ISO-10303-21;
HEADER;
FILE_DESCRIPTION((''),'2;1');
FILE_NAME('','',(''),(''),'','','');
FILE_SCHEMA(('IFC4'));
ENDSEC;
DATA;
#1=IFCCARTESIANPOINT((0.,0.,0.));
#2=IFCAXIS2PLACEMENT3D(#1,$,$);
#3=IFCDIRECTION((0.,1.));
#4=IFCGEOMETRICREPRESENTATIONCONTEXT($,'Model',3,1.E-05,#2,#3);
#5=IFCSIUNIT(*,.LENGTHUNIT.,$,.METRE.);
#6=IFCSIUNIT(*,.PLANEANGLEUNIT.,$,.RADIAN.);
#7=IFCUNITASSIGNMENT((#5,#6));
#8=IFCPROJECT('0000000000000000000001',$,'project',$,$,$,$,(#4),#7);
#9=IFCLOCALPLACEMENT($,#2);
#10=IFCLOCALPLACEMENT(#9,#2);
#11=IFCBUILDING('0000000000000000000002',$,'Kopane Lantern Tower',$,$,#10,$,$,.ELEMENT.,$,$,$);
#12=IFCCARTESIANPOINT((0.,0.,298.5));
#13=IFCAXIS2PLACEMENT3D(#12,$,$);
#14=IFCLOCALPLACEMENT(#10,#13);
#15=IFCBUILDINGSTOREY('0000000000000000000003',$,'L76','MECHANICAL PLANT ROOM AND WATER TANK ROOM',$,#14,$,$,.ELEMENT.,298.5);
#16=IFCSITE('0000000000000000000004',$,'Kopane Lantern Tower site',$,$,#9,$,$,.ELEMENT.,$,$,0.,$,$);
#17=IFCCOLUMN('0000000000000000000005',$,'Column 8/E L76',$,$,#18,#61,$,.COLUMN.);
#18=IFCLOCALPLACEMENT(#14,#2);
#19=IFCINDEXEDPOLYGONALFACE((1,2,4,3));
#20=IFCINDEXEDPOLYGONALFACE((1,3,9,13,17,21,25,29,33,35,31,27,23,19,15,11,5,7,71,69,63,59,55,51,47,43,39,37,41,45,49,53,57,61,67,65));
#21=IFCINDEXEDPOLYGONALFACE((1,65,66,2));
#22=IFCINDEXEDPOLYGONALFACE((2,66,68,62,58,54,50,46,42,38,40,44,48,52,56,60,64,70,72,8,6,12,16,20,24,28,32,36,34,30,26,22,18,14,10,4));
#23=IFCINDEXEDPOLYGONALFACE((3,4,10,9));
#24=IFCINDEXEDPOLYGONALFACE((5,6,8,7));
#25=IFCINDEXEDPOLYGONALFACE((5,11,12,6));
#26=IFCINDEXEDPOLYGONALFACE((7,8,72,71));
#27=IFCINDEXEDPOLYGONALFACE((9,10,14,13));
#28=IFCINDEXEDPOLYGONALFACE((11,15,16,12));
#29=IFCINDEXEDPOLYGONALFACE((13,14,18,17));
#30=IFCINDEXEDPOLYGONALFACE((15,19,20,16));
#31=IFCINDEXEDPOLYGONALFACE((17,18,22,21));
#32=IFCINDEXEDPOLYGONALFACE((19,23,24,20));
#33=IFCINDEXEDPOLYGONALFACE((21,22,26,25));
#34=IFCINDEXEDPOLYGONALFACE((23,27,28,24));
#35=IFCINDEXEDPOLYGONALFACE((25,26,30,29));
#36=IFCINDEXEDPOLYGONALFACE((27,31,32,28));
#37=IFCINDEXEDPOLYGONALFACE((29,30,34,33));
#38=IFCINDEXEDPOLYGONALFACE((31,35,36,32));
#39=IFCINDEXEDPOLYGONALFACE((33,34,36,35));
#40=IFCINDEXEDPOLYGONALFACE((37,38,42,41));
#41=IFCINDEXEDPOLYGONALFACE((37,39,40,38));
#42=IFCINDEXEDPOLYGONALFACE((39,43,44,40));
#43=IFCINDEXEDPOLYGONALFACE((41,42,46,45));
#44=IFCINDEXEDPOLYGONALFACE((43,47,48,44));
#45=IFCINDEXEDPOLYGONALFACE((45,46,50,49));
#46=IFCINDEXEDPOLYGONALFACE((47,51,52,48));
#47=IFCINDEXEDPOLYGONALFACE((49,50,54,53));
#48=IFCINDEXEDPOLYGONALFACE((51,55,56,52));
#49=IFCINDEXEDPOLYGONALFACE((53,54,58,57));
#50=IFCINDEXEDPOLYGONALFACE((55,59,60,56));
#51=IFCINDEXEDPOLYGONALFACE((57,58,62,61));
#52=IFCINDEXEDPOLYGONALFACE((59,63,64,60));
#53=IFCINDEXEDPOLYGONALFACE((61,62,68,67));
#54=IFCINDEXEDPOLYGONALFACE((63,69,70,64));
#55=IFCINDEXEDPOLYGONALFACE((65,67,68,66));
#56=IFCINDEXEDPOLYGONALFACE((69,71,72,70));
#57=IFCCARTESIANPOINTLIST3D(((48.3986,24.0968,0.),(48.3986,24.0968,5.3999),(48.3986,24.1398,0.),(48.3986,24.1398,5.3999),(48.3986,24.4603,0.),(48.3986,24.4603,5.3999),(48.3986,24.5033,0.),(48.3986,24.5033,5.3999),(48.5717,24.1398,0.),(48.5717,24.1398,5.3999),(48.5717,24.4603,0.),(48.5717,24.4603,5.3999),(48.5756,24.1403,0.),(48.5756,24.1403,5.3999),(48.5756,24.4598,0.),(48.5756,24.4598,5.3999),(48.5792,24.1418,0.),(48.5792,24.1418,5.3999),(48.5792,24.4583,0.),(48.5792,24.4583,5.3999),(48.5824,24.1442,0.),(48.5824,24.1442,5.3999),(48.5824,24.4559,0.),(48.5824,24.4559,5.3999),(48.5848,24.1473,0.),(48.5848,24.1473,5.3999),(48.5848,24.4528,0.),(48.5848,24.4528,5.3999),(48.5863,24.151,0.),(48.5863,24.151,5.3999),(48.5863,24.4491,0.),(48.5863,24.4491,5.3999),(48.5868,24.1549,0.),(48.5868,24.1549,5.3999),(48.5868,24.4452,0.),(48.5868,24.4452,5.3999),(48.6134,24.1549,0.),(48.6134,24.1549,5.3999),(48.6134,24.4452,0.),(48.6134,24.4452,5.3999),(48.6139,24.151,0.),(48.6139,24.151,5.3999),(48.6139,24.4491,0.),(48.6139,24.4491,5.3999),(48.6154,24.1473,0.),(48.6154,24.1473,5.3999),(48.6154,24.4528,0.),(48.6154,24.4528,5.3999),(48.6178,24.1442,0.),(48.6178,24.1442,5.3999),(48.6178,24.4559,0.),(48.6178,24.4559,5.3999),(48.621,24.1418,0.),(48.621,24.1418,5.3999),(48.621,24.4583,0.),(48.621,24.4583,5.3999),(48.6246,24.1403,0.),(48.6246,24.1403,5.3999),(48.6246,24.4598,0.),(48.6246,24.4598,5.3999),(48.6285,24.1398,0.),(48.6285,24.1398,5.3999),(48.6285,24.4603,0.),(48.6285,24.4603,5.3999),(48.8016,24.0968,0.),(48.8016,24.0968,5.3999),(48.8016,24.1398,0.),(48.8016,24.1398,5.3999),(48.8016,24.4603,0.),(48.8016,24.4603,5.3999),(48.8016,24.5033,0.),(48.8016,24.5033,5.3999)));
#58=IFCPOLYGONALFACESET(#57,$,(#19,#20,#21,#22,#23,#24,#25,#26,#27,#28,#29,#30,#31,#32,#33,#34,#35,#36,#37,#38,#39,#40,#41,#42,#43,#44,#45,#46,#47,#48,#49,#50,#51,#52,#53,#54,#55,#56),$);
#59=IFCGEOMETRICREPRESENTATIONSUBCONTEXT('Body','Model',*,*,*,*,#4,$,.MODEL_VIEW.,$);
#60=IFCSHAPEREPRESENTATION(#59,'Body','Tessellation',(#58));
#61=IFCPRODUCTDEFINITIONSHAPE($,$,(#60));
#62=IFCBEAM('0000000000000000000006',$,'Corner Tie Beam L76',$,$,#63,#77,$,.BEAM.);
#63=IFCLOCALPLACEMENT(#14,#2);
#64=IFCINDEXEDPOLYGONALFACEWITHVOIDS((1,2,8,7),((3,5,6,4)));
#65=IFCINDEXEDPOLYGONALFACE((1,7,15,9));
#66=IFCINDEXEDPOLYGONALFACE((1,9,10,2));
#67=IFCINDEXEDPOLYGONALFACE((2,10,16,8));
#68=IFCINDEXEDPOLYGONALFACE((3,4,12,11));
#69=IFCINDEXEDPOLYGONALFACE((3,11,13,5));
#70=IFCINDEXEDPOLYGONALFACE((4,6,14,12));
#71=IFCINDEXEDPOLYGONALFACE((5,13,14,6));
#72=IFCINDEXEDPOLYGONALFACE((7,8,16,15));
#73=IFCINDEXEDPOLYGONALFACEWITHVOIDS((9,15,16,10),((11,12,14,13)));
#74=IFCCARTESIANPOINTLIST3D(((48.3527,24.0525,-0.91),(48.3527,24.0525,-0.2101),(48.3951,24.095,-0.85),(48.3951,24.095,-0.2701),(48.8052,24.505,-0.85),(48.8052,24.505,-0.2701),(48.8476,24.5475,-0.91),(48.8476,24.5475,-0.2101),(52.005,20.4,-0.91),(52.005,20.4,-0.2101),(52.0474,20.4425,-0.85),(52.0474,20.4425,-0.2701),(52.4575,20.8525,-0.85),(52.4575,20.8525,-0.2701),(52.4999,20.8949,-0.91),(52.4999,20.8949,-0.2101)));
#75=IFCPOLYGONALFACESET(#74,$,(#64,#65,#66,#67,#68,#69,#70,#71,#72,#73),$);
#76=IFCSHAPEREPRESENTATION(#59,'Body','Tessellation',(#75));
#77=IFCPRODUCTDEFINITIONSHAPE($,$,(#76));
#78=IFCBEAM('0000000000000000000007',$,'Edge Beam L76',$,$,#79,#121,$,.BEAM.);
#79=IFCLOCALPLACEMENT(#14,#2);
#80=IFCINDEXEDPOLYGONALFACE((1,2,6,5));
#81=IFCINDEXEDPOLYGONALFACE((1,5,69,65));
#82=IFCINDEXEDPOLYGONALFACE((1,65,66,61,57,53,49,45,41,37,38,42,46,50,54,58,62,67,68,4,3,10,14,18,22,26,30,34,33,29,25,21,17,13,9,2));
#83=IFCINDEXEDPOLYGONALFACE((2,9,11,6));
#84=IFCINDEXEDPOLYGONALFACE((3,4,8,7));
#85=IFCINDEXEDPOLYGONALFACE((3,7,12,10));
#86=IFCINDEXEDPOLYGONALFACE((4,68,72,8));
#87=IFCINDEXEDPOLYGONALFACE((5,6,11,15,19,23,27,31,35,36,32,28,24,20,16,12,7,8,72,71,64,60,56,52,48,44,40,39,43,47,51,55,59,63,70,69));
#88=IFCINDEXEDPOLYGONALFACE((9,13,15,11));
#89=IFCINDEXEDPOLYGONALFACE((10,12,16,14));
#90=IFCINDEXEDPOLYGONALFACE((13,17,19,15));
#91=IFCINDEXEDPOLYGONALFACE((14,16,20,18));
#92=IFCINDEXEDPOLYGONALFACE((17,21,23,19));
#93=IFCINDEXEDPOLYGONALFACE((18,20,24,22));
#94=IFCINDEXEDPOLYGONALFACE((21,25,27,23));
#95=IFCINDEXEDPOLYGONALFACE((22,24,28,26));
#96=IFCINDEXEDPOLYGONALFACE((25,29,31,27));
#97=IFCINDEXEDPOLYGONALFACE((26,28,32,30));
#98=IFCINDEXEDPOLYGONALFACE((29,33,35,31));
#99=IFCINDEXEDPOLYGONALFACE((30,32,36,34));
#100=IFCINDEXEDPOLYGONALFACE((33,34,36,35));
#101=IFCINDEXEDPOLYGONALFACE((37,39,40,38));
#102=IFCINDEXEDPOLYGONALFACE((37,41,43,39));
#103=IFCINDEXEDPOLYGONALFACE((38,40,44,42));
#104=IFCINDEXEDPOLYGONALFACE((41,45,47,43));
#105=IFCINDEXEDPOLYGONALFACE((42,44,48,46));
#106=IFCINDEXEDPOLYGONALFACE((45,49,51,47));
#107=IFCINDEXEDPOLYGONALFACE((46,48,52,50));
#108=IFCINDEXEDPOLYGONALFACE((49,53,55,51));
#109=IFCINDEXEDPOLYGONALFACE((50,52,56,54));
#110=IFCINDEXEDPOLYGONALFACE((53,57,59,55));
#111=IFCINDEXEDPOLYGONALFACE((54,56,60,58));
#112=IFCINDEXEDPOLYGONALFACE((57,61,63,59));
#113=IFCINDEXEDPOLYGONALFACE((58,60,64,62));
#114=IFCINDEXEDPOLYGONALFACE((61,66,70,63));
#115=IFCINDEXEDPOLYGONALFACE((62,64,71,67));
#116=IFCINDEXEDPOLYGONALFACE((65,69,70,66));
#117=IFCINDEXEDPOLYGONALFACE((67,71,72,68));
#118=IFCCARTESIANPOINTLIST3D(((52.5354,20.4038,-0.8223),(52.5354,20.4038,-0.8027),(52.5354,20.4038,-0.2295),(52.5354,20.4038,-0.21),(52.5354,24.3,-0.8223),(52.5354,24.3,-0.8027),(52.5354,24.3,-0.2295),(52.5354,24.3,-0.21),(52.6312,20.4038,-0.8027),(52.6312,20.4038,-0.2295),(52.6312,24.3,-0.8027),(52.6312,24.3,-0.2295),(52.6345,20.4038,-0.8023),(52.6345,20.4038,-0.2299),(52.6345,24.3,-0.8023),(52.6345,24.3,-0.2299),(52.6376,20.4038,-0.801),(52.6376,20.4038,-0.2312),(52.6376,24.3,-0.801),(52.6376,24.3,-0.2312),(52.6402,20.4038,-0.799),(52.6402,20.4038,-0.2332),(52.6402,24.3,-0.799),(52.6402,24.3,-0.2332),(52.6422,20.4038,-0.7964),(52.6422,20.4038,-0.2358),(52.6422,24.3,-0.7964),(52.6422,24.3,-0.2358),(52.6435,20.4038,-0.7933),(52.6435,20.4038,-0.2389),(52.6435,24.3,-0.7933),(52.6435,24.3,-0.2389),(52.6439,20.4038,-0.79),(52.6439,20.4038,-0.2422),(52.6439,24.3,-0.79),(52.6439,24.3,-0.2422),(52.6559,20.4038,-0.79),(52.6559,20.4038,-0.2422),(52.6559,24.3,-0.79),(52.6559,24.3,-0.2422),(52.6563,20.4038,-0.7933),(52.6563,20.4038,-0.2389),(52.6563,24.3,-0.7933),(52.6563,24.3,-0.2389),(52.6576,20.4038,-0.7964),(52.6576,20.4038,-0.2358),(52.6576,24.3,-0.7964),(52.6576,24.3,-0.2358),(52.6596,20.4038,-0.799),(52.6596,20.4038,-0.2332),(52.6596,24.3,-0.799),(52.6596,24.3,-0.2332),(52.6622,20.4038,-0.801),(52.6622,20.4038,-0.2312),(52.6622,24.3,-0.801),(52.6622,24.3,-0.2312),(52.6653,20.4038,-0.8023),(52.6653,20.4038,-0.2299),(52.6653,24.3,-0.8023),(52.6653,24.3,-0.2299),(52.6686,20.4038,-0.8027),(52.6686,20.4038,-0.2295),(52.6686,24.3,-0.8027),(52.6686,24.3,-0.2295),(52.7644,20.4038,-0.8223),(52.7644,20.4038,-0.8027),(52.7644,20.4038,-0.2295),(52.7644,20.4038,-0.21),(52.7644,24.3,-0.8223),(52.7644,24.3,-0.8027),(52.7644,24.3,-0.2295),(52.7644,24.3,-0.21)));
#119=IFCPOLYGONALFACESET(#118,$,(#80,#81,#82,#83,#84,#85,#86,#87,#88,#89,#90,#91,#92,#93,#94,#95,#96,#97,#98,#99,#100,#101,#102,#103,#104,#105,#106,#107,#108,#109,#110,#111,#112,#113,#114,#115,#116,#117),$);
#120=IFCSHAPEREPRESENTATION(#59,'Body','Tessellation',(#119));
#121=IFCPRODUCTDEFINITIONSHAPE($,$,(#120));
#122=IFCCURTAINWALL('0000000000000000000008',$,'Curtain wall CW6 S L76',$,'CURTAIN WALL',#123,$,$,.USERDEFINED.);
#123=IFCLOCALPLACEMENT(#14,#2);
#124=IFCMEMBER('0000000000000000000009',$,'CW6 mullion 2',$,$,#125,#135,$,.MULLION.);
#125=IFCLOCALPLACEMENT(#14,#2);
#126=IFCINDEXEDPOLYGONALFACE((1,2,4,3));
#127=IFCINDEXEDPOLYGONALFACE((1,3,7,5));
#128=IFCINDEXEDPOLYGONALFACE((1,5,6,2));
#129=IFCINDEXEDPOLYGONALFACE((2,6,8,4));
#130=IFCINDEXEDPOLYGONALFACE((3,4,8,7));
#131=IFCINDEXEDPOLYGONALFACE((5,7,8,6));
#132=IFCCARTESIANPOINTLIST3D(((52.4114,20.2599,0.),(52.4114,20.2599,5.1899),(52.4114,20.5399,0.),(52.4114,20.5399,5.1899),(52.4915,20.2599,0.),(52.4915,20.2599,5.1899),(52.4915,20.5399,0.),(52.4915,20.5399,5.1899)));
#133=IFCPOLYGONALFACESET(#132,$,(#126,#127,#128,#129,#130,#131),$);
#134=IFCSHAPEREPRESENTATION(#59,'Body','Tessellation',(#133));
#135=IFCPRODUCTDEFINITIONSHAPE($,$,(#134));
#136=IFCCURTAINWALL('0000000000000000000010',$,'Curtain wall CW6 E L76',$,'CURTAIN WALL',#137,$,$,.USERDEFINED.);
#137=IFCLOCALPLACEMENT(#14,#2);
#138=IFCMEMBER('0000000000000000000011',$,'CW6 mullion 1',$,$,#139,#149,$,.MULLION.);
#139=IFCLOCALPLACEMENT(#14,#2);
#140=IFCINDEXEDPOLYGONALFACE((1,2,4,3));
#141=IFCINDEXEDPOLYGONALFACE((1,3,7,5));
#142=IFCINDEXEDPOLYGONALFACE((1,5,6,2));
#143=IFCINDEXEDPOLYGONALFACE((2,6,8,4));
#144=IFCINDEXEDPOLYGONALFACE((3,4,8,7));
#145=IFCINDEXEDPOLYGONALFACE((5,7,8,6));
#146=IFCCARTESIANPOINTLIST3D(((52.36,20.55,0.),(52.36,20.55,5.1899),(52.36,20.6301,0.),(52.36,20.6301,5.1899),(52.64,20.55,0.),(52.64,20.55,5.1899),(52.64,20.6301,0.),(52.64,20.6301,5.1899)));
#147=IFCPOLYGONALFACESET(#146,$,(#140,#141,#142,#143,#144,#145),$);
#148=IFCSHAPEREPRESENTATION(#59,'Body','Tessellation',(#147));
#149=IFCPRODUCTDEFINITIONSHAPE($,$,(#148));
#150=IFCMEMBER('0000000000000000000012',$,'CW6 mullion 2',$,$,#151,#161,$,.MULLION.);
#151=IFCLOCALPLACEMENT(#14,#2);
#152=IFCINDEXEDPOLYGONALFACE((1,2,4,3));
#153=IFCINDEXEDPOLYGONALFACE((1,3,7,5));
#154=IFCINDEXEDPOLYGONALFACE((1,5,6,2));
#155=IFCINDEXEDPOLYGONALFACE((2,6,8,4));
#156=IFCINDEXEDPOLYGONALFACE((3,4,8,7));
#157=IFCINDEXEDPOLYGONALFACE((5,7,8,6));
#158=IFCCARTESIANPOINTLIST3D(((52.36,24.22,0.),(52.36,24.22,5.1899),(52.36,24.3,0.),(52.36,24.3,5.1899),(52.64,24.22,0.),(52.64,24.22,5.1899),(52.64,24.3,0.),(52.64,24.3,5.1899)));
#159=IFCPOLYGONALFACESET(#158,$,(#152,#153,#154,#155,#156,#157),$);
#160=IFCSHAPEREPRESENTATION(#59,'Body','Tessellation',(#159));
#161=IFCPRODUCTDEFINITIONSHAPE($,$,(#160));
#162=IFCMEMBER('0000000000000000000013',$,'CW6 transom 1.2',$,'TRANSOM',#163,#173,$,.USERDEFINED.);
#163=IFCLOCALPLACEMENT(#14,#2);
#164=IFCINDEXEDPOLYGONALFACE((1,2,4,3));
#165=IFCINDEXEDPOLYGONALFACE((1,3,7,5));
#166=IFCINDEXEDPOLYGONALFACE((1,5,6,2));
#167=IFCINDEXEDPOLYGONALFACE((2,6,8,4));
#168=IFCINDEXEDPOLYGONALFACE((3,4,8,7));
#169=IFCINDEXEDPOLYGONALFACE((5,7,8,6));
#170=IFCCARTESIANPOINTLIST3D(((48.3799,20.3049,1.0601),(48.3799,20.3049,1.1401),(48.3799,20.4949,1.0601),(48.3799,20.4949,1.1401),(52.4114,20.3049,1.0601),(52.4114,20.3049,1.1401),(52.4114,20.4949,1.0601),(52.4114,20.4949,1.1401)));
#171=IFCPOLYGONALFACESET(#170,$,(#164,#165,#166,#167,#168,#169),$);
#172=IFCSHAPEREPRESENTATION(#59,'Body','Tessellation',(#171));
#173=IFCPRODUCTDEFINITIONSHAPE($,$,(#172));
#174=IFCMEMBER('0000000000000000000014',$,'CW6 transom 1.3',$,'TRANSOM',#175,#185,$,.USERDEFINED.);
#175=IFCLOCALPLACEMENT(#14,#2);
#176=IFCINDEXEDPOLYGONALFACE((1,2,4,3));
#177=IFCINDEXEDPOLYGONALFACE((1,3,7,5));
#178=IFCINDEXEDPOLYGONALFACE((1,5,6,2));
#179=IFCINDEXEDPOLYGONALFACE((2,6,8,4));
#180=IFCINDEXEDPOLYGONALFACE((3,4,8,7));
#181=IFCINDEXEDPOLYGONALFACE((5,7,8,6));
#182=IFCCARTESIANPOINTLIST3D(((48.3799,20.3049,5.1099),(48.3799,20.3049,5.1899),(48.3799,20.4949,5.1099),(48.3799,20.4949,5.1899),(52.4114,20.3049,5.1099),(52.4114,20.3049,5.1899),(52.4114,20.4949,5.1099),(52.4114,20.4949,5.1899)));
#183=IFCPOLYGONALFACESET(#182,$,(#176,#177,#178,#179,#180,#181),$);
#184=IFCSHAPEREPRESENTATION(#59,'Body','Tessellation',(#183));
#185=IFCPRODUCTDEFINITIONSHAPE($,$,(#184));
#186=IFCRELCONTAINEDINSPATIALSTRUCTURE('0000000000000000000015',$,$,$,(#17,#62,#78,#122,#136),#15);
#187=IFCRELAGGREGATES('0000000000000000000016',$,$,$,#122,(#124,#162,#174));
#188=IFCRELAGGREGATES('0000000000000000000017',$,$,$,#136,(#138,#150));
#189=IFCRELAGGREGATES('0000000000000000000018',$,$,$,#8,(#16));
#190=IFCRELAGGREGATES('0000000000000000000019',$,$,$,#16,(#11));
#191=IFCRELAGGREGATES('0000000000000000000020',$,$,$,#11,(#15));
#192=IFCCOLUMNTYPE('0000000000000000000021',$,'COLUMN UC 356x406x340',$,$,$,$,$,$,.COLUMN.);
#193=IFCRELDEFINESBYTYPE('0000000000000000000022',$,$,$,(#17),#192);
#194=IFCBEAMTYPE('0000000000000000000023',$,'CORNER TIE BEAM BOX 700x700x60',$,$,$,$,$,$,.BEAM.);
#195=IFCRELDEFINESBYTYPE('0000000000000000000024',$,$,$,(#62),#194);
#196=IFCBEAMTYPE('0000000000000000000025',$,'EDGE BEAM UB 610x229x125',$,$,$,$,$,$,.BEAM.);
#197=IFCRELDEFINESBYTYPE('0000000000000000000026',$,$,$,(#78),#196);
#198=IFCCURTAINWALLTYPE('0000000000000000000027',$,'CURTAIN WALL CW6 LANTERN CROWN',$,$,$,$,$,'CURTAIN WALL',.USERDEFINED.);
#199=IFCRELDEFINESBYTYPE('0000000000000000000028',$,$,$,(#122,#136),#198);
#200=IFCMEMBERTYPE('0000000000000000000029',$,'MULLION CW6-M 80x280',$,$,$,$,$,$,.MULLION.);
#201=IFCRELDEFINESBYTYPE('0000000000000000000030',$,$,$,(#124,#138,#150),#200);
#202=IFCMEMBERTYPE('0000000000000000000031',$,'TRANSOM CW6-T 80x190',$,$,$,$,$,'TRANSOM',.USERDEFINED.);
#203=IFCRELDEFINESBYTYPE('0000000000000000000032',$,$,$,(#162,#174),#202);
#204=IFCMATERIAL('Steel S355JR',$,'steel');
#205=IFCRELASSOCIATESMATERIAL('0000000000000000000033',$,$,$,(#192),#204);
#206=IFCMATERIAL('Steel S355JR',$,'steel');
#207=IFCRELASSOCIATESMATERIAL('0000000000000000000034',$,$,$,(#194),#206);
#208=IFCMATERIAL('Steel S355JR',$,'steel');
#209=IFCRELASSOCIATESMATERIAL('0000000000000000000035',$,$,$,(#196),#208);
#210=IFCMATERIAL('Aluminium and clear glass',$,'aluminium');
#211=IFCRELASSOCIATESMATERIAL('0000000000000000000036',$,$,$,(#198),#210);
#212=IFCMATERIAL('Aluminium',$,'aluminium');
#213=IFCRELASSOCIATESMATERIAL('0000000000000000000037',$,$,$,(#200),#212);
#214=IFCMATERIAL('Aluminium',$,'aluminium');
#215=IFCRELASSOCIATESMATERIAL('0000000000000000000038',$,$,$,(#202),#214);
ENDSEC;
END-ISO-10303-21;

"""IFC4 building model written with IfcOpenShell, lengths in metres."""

from ifc_helpers import new_model, si_unit, direction, frame, origin, origin_2d, place, context, subcontext, project, spatial, rectangle, hollow_rectangle, i_section, extrude, material, material_profile, profile_set, type_object, element, aggregate, save


model = new_model("IFC4")

# Units and contexts
model_context = context("Model", 3, precision=1e-05, world=origin(), true_north=direction((0.0, 1.0)))
body_context = subcontext(model_context, "Body", "Model", "MODEL_VIEW")
ifc_project = project(units=[si_unit("LENGTHUNIT", "METRE"), si_unit("PLANEANGLEUNIT", "RADIAN")], contexts=[model_context])

# Site, building, storey
site_placement = place(None, origin())
site = spatial("IfcSite", under=ifc_project, at=site_placement, Name="Kopane Lantern Tower site", CompositionType="ELEMENT", RefElevation=0.0)
building_placement = place(site_placement, origin())
building = spatial("IfcBuilding", under=site, at=building_placement, Name="Kopane Lantern Tower", CompositionType="ELEMENT")
storey_placement = place(building_placement, frame((0.0, 0.0, 298.5)))
storey = spatial("IfcBuildingStorey", under=building, at=storey_placement, Name="L76", Description="MECHANICAL PLANT ROOM AND WATER TANK ROOM", CompositionType="ELEMENT", Elevation=298.5)

# Column
ifc_material_1 = material(Name="Steel S355JR", Category="steel")
ifc_material_profile_1 = material_profile(ifc_material_1, i_section(OverallWidth=0.4031, OverallDepth=0.4065, WebThickness=0.0266, FlangeThickness=0.043, FilletRadius=0.0151, at=origin_2d()), Name="UC 356x406x340")
ifc_profile_set_1 = profile_set([ifc_material_profile_1], Name="Steel S355JR")
column_type = type_object("IfcColumnType", Name="COLUMN UC 356x406x340", PredefinedType="COLUMN", material=ifc_profile_set_1)
column_placement = place(storey_placement, frame((48.6001, 24.3, 0.0), z_axis=(0.0, 0.0, 1.0), x_axis=(1.0, 0.0, 0.0)))
element("IfcColumn", 1, at=column_placement, inside=storey, type_object=column_type, Name="Column 8/E L76", PredefinedType="COLUMN", context=body_context, shape_type="SweptSolid", body=[
    extrude(i_section(OverallWidth=0.4031, OverallDepth=0.4065, WebThickness=0.0266, FlangeThickness=0.043, FilletRadius=0.0151, at=origin_2d()), origin(), (0.0, 0.0, 1.0), 5.3999),
])

# Beams
ifc_material_2 = material(Name="Steel S355JR", Category="steel")
ifc_material_profile_2 = material_profile(ifc_material_2, hollow_rectangle(XDim=0.7, YDim=0.7, WallThickness=0.0601, at=origin_2d()), Name="BOX 700x700x60")
ifc_profile_set_2 = profile_set([ifc_material_profile_2], Name="Steel S355JR")
beam_type_1 = type_object("IfcBeamType", Name="CORNER TIE BEAM BOX 700x700x60", PredefinedType="BEAM", material=ifc_profile_set_2)
beam_1_placement = place(storey_placement, frame((52.2524, 20.6475, -0.5601), z_axis=(-0.707083, 0.70713, 0.0), x_axis=(-0.70713, -0.707083, 0.0)))
element("IfcBeam", 2, at=beam_1_placement, inside=storey, type_object=beam_type_1, Name="Corner Tie Beam L76", PredefinedType="BEAM", context=body_context, shape_type="SweptSolid", body=[
    extrude(hollow_rectangle(XDim=0.7, YDim=0.7, WallThickness=0.0601, at=origin_2d()), origin(), (0.0, 0.0, 1.0), 5.1653),
])
ifc_material_3 = material(Name="Steel S355JR", Category="steel")
ifc_material_profile_3 = material_profile(ifc_material_3, i_section(OverallWidth=0.229, OverallDepth=0.6123, WebThickness=0.012, FlangeThickness=0.0195, FilletRadius=0.0127, at=origin_2d()), Name="UB 610x229x125")
ifc_profile_set_3 = profile_set([ifc_material_profile_3], Name="Steel S355JR")
beam_type_2 = type_object("IfcBeamType", Name="EDGE BEAM UB 610x229x125", PredefinedType="BEAM", material=ifc_profile_set_3)
beam_2_placement = place(storey_placement, frame((52.6499, 20.4038, -0.5161), z_axis=(0.0, 1.0, 0.0), x_axis=(-1.0, 0.0, 0.0)))
element("IfcBeam", 3, at=beam_2_placement, inside=storey, type_object=beam_type_2, Name="Edge Beam L76", PredefinedType="BEAM", context=body_context, shape_type="SweptSolid", body=[
    extrude(i_section(OverallWidth=0.229, OverallDepth=0.6123, WebThickness=0.012, FlangeThickness=0.0195, FilletRadius=0.0127, at=origin_2d()), origin(), (0.0, 0.0, 1.0), 3.8962),
])

# Curtain wall, member
ifc_material_4 = material(Name="Aluminium and clear glass", Category="aluminium")
curtain_wall_type = type_object("IfcCurtainWallType", Name="CURTAIN WALL CW6 LANTERN CROWN", ElementType="CURTAIN WALL", PredefinedType="USERDEFINED", material=ifc_material_4)
curtain_wall_1_placement = place(storey_placement, origin())
curtain_wall_1 = element("IfcCurtainWall", 4, at=curtain_wall_1_placement, inside=storey, type_object=curtain_wall_type, Name="Curtain wall CW6 S L76", ObjectType="CURTAIN WALL", PredefinedType="USERDEFINED")
ifc_material_5 = material(Name="Aluminium", Category="aluminium")
ifc_material_profile_4 = material_profile(ifc_material_5, rectangle(XDim=0.0801, YDim=0.28, at=origin_2d()), Name="AL 80x280")
ifc_profile_set_4 = profile_set([ifc_material_profile_4], Name="Aluminium")
member_type_1 = type_object("IfcMemberType", Name="MULLION CW6-M 80x280", PredefinedType="MULLION", material=ifc_profile_set_4)
member_1_placement = place(storey_placement, frame((52.4514, 20.3999, 0.0), z_axis=(0.0, 0.0, 1.0), x_axis=(1.0, 0.0, 0.0)))
member_1 = element("IfcMember", 5, at=member_1_placement, type_object=member_type_1, Name="CW6 mullion 2", PredefinedType="MULLION", context=body_context, shape_type="SweptSolid", body=[
    extrude(rectangle(XDim=0.0801, YDim=0.28, at=origin_2d()), origin(), (0.0, 0.0, 1.0), 5.1899),
])

# Curtain wall, members
curtain_wall_2_placement = place(storey_placement, origin())
curtain_wall_2 = element("IfcCurtainWall", 6, at=curtain_wall_2_placement, inside=storey, type_object=curtain_wall_type, Name="Curtain wall CW6 E L76", ObjectType="CURTAIN WALL", PredefinedType="USERDEFINED")
member_2_placement = place(storey_placement, frame((52.5, 20.5901, 0.0), z_axis=(0.0, 0.0, 1.0), x_axis=(0.0, 1.0, 0.0)))
member_2 = element("IfcMember", 7, at=member_2_placement, type_object=member_type_1, Name="CW6 mullion 1", PredefinedType="MULLION", context=body_context, shape_type="SweptSolid", body=[
    extrude(rectangle(XDim=0.0801, YDim=0.28, at=origin_2d()), origin(), (0.0, 0.0, 1.0), 5.1899),
])
member_3_placement = place(storey_placement, frame((52.5, 24.26, 0.0), z_axis=(0.0, 0.0, 1.0), x_axis=(0.0, 1.0, 0.0)))
member_3 = element("IfcMember", 8, at=member_3_placement, type_object=member_type_1, Name="CW6 mullion 2", PredefinedType="MULLION", context=body_context, shape_type="SweptSolid", body=[
    extrude(rectangle(XDim=0.0801, YDim=0.28, at=origin_2d()), origin(), (0.0, 0.0, 1.0), 5.1899),
])

# Members
ifc_material_6 = material(Name="Aluminium", Category="aluminium")
ifc_material_profile_5 = material_profile(ifc_material_6, rectangle(XDim=0.1899, YDim=0.0801, at=origin_2d()), Name="AL 190x80")
ifc_profile_set_5 = profile_set([ifc_material_profile_5], Name="Aluminium")
member_type_2 = type_object("IfcMemberType", Name="TRANSOM CW6-T 80x190", ElementType="TRANSOM", PredefinedType="USERDEFINED", material=ifc_profile_set_5)
member_4_placement = place(storey_placement, frame((48.3799, 20.3999, 1.1001), z_axis=(1.0, 0.0, 0.0), x_axis=(0.0, 1.0, 0.0)))
member_4 = element("IfcMember", 9, at=member_4_placement, type_object=member_type_2, Name="CW6 transom 1.2", ObjectType="TRANSOM", PredefinedType="USERDEFINED", context=body_context, shape_type="SweptSolid", body=[
    extrude(rectangle(XDim=0.1899, YDim=0.0801, at=origin_2d()), origin(), (0.0, 0.0, 1.0), 4.0315),
])
member_5_placement = place(storey_placement, frame((48.3799, 20.3999, 5.1499), z_axis=(1.0, 0.0, 0.0), x_axis=(0.0, 1.0, 0.0)))
member_5 = element("IfcMember", 10, at=member_5_placement, type_object=member_type_2, Name="CW6 transom 1.3", ObjectType="TRANSOM", PredefinedType="USERDEFINED", context=body_context, shape_type="SweptSolid", body=[
    extrude(rectangle(XDim=0.1899, YDim=0.0801, at=origin_2d()), origin(), (0.0, 0.0, 1.0), 4.0315),
])

aggregate(curtain_wall_1, [member_1, member_4, member_5])
aggregate(curtain_wall_2, [member_2, member_3])

save(model, "model.ifc")
